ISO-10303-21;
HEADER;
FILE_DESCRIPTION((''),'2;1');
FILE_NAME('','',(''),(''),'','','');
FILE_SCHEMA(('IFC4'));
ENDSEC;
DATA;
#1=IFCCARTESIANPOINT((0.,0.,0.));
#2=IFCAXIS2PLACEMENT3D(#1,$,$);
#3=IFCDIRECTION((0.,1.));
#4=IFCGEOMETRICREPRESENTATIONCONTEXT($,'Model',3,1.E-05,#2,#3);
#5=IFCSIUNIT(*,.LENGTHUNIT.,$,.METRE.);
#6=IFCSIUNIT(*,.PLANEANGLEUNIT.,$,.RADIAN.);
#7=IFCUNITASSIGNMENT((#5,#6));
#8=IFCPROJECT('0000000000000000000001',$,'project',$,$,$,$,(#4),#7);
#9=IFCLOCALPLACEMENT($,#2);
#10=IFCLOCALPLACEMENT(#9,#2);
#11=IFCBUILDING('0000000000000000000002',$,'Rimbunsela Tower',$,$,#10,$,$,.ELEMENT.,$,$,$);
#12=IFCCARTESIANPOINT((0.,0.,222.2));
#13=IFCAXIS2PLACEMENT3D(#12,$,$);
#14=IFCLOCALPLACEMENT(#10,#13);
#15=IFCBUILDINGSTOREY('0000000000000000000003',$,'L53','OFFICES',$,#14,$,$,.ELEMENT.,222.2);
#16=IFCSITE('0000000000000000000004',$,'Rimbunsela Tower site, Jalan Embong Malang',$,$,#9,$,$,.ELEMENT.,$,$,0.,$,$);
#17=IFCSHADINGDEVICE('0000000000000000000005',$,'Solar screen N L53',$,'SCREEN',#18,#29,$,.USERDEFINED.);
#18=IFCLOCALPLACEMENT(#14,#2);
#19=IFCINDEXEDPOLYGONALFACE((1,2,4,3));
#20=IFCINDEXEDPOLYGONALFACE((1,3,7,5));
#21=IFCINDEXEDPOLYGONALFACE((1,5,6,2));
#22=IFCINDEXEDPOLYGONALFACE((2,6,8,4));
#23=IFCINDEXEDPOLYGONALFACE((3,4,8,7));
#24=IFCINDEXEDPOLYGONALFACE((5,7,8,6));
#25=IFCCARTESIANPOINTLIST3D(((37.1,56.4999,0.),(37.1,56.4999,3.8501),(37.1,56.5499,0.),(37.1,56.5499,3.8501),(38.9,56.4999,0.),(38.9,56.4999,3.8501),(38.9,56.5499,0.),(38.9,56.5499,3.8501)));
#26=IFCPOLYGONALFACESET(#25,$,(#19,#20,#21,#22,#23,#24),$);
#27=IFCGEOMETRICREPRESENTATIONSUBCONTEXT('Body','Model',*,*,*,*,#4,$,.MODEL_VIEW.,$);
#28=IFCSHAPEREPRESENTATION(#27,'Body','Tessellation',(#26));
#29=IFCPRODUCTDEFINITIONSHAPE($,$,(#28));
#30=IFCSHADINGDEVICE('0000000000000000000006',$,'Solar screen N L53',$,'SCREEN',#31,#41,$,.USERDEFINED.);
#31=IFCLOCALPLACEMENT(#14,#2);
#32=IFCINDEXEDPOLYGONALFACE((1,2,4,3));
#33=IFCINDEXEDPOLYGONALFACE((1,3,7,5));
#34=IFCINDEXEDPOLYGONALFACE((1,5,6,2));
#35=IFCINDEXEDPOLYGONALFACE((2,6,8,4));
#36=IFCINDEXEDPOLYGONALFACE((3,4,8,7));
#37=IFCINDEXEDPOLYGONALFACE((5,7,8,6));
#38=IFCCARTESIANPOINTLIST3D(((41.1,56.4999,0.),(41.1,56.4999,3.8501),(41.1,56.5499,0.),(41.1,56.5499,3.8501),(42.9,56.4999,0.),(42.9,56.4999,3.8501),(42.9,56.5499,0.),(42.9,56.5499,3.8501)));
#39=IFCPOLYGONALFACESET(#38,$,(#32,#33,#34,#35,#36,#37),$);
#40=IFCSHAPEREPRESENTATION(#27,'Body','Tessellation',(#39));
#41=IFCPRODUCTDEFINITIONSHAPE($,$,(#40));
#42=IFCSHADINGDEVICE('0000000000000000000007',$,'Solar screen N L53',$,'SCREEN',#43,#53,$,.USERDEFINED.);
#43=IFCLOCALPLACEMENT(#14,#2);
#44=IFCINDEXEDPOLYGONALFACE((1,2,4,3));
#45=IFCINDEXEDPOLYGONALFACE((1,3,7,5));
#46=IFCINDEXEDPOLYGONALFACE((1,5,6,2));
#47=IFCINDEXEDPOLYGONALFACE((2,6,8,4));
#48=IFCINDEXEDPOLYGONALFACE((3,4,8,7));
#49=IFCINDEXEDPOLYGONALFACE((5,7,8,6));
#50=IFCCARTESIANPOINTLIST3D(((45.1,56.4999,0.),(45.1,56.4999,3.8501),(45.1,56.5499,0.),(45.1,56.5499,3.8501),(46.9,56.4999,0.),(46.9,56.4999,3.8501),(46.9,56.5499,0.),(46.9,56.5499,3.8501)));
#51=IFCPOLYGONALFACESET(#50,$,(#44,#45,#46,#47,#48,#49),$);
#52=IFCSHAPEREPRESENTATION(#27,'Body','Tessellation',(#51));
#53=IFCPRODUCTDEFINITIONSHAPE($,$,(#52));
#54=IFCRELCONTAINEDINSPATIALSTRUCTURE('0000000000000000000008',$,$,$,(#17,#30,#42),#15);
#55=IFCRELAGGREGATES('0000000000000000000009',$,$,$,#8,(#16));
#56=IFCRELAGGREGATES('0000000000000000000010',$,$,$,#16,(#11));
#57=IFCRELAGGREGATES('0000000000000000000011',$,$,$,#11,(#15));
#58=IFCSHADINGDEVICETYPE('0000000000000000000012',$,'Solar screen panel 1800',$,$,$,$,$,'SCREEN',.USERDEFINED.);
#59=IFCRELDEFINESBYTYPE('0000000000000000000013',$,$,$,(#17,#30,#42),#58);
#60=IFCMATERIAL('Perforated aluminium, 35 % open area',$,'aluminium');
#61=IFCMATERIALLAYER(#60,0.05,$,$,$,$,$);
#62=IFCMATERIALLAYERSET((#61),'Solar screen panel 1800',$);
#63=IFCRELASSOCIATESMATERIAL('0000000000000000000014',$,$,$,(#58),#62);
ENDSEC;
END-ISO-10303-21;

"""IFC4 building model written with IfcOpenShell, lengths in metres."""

from ifc_helpers import new_model, si_unit, direction, frame, origin, origin_2d, place, context, subcontext, project, spatial, rectangle, extrude, material, layer, layer_set, type_object, element, save


model = new_model("IFC4")

# Units and contexts
model_context = context("Model", 3, precision=1e-05, world=origin(), true_north=direction((0.0, 1.0)))
body_context = subcontext(model_context, "Body", "Model", "MODEL_VIEW")
ifc_project = project(units=[si_unit("LENGTHUNIT", "METRE"), si_unit("PLANEANGLEUNIT", "RADIAN")], contexts=[model_context])

# Site, building, storey
site_placement = place(None, origin())
site = spatial("IfcSite", under=ifc_project, at=site_placement, Name="Rimbunsela Tower site, Jalan Embong Malang", CompositionType="ELEMENT", RefElevation=0.0)
building_placement = place(site_placement, origin())
building = spatial("IfcBuilding", under=site, at=building_placement, Name="Rimbunsela Tower", CompositionType="ELEMENT")
storey_placement = place(building_placement, frame((0.0, 0.0, 222.2)))
storey = spatial("IfcBuildingStorey", under=building, at=storey_placement, Name="L53", Description="OFFICES", CompositionType="ELEMENT", Elevation=222.2)

# Shading devices
ifc_material_1 = material(Name="Perforated aluminium, 35 % open area", Category="aluminium")
ifc_layer_1 = layer(ifc_material_1, 0.05)
ifc_layer_set_1 = layer_set([ifc_layer_1], Name="Solar screen panel 1800")
shading_device_type = type_object("IfcShadingDeviceType", Name="Solar screen panel 1800", ElementType="SCREEN", PredefinedType="USERDEFINED", material=ifc_layer_set_1)
for number, where, z_axis, x_axis, name in (
    (1, (38.0, 56.5249, 0.0), (0.0, 0.0, 1.0), (1.0, 0.0, 0.0), "Solar screen N L53"),
    (2, (42.0, 56.5249, 0.0), (0.0, 0.0, 1.0), (1.0, 0.0, 0.0), "Solar screen N L53"),
    (3, (46.0, 56.5249, 0.0), (0.0, 0.0, 1.0), (1.0, 0.0, 0.0), "Solar screen N L53"),
):
    element("IfcShadingDevice", number, at=place(storey_placement, frame(where, z_axis=z_axis, x_axis=x_axis)), inside=storey, type_object=shading_device_type, Name=name, ObjectType="SCREEN", PredefinedType="USERDEFINED", context=body_context, shape_type="SweptSolid", body=[
        extrude(rectangle(XDim=1.8, YDim=0.05, at=origin_2d()), origin(), (0.0, 0.0, 1.0), 3.8501),
    ])

save(model, "model.ifc")
